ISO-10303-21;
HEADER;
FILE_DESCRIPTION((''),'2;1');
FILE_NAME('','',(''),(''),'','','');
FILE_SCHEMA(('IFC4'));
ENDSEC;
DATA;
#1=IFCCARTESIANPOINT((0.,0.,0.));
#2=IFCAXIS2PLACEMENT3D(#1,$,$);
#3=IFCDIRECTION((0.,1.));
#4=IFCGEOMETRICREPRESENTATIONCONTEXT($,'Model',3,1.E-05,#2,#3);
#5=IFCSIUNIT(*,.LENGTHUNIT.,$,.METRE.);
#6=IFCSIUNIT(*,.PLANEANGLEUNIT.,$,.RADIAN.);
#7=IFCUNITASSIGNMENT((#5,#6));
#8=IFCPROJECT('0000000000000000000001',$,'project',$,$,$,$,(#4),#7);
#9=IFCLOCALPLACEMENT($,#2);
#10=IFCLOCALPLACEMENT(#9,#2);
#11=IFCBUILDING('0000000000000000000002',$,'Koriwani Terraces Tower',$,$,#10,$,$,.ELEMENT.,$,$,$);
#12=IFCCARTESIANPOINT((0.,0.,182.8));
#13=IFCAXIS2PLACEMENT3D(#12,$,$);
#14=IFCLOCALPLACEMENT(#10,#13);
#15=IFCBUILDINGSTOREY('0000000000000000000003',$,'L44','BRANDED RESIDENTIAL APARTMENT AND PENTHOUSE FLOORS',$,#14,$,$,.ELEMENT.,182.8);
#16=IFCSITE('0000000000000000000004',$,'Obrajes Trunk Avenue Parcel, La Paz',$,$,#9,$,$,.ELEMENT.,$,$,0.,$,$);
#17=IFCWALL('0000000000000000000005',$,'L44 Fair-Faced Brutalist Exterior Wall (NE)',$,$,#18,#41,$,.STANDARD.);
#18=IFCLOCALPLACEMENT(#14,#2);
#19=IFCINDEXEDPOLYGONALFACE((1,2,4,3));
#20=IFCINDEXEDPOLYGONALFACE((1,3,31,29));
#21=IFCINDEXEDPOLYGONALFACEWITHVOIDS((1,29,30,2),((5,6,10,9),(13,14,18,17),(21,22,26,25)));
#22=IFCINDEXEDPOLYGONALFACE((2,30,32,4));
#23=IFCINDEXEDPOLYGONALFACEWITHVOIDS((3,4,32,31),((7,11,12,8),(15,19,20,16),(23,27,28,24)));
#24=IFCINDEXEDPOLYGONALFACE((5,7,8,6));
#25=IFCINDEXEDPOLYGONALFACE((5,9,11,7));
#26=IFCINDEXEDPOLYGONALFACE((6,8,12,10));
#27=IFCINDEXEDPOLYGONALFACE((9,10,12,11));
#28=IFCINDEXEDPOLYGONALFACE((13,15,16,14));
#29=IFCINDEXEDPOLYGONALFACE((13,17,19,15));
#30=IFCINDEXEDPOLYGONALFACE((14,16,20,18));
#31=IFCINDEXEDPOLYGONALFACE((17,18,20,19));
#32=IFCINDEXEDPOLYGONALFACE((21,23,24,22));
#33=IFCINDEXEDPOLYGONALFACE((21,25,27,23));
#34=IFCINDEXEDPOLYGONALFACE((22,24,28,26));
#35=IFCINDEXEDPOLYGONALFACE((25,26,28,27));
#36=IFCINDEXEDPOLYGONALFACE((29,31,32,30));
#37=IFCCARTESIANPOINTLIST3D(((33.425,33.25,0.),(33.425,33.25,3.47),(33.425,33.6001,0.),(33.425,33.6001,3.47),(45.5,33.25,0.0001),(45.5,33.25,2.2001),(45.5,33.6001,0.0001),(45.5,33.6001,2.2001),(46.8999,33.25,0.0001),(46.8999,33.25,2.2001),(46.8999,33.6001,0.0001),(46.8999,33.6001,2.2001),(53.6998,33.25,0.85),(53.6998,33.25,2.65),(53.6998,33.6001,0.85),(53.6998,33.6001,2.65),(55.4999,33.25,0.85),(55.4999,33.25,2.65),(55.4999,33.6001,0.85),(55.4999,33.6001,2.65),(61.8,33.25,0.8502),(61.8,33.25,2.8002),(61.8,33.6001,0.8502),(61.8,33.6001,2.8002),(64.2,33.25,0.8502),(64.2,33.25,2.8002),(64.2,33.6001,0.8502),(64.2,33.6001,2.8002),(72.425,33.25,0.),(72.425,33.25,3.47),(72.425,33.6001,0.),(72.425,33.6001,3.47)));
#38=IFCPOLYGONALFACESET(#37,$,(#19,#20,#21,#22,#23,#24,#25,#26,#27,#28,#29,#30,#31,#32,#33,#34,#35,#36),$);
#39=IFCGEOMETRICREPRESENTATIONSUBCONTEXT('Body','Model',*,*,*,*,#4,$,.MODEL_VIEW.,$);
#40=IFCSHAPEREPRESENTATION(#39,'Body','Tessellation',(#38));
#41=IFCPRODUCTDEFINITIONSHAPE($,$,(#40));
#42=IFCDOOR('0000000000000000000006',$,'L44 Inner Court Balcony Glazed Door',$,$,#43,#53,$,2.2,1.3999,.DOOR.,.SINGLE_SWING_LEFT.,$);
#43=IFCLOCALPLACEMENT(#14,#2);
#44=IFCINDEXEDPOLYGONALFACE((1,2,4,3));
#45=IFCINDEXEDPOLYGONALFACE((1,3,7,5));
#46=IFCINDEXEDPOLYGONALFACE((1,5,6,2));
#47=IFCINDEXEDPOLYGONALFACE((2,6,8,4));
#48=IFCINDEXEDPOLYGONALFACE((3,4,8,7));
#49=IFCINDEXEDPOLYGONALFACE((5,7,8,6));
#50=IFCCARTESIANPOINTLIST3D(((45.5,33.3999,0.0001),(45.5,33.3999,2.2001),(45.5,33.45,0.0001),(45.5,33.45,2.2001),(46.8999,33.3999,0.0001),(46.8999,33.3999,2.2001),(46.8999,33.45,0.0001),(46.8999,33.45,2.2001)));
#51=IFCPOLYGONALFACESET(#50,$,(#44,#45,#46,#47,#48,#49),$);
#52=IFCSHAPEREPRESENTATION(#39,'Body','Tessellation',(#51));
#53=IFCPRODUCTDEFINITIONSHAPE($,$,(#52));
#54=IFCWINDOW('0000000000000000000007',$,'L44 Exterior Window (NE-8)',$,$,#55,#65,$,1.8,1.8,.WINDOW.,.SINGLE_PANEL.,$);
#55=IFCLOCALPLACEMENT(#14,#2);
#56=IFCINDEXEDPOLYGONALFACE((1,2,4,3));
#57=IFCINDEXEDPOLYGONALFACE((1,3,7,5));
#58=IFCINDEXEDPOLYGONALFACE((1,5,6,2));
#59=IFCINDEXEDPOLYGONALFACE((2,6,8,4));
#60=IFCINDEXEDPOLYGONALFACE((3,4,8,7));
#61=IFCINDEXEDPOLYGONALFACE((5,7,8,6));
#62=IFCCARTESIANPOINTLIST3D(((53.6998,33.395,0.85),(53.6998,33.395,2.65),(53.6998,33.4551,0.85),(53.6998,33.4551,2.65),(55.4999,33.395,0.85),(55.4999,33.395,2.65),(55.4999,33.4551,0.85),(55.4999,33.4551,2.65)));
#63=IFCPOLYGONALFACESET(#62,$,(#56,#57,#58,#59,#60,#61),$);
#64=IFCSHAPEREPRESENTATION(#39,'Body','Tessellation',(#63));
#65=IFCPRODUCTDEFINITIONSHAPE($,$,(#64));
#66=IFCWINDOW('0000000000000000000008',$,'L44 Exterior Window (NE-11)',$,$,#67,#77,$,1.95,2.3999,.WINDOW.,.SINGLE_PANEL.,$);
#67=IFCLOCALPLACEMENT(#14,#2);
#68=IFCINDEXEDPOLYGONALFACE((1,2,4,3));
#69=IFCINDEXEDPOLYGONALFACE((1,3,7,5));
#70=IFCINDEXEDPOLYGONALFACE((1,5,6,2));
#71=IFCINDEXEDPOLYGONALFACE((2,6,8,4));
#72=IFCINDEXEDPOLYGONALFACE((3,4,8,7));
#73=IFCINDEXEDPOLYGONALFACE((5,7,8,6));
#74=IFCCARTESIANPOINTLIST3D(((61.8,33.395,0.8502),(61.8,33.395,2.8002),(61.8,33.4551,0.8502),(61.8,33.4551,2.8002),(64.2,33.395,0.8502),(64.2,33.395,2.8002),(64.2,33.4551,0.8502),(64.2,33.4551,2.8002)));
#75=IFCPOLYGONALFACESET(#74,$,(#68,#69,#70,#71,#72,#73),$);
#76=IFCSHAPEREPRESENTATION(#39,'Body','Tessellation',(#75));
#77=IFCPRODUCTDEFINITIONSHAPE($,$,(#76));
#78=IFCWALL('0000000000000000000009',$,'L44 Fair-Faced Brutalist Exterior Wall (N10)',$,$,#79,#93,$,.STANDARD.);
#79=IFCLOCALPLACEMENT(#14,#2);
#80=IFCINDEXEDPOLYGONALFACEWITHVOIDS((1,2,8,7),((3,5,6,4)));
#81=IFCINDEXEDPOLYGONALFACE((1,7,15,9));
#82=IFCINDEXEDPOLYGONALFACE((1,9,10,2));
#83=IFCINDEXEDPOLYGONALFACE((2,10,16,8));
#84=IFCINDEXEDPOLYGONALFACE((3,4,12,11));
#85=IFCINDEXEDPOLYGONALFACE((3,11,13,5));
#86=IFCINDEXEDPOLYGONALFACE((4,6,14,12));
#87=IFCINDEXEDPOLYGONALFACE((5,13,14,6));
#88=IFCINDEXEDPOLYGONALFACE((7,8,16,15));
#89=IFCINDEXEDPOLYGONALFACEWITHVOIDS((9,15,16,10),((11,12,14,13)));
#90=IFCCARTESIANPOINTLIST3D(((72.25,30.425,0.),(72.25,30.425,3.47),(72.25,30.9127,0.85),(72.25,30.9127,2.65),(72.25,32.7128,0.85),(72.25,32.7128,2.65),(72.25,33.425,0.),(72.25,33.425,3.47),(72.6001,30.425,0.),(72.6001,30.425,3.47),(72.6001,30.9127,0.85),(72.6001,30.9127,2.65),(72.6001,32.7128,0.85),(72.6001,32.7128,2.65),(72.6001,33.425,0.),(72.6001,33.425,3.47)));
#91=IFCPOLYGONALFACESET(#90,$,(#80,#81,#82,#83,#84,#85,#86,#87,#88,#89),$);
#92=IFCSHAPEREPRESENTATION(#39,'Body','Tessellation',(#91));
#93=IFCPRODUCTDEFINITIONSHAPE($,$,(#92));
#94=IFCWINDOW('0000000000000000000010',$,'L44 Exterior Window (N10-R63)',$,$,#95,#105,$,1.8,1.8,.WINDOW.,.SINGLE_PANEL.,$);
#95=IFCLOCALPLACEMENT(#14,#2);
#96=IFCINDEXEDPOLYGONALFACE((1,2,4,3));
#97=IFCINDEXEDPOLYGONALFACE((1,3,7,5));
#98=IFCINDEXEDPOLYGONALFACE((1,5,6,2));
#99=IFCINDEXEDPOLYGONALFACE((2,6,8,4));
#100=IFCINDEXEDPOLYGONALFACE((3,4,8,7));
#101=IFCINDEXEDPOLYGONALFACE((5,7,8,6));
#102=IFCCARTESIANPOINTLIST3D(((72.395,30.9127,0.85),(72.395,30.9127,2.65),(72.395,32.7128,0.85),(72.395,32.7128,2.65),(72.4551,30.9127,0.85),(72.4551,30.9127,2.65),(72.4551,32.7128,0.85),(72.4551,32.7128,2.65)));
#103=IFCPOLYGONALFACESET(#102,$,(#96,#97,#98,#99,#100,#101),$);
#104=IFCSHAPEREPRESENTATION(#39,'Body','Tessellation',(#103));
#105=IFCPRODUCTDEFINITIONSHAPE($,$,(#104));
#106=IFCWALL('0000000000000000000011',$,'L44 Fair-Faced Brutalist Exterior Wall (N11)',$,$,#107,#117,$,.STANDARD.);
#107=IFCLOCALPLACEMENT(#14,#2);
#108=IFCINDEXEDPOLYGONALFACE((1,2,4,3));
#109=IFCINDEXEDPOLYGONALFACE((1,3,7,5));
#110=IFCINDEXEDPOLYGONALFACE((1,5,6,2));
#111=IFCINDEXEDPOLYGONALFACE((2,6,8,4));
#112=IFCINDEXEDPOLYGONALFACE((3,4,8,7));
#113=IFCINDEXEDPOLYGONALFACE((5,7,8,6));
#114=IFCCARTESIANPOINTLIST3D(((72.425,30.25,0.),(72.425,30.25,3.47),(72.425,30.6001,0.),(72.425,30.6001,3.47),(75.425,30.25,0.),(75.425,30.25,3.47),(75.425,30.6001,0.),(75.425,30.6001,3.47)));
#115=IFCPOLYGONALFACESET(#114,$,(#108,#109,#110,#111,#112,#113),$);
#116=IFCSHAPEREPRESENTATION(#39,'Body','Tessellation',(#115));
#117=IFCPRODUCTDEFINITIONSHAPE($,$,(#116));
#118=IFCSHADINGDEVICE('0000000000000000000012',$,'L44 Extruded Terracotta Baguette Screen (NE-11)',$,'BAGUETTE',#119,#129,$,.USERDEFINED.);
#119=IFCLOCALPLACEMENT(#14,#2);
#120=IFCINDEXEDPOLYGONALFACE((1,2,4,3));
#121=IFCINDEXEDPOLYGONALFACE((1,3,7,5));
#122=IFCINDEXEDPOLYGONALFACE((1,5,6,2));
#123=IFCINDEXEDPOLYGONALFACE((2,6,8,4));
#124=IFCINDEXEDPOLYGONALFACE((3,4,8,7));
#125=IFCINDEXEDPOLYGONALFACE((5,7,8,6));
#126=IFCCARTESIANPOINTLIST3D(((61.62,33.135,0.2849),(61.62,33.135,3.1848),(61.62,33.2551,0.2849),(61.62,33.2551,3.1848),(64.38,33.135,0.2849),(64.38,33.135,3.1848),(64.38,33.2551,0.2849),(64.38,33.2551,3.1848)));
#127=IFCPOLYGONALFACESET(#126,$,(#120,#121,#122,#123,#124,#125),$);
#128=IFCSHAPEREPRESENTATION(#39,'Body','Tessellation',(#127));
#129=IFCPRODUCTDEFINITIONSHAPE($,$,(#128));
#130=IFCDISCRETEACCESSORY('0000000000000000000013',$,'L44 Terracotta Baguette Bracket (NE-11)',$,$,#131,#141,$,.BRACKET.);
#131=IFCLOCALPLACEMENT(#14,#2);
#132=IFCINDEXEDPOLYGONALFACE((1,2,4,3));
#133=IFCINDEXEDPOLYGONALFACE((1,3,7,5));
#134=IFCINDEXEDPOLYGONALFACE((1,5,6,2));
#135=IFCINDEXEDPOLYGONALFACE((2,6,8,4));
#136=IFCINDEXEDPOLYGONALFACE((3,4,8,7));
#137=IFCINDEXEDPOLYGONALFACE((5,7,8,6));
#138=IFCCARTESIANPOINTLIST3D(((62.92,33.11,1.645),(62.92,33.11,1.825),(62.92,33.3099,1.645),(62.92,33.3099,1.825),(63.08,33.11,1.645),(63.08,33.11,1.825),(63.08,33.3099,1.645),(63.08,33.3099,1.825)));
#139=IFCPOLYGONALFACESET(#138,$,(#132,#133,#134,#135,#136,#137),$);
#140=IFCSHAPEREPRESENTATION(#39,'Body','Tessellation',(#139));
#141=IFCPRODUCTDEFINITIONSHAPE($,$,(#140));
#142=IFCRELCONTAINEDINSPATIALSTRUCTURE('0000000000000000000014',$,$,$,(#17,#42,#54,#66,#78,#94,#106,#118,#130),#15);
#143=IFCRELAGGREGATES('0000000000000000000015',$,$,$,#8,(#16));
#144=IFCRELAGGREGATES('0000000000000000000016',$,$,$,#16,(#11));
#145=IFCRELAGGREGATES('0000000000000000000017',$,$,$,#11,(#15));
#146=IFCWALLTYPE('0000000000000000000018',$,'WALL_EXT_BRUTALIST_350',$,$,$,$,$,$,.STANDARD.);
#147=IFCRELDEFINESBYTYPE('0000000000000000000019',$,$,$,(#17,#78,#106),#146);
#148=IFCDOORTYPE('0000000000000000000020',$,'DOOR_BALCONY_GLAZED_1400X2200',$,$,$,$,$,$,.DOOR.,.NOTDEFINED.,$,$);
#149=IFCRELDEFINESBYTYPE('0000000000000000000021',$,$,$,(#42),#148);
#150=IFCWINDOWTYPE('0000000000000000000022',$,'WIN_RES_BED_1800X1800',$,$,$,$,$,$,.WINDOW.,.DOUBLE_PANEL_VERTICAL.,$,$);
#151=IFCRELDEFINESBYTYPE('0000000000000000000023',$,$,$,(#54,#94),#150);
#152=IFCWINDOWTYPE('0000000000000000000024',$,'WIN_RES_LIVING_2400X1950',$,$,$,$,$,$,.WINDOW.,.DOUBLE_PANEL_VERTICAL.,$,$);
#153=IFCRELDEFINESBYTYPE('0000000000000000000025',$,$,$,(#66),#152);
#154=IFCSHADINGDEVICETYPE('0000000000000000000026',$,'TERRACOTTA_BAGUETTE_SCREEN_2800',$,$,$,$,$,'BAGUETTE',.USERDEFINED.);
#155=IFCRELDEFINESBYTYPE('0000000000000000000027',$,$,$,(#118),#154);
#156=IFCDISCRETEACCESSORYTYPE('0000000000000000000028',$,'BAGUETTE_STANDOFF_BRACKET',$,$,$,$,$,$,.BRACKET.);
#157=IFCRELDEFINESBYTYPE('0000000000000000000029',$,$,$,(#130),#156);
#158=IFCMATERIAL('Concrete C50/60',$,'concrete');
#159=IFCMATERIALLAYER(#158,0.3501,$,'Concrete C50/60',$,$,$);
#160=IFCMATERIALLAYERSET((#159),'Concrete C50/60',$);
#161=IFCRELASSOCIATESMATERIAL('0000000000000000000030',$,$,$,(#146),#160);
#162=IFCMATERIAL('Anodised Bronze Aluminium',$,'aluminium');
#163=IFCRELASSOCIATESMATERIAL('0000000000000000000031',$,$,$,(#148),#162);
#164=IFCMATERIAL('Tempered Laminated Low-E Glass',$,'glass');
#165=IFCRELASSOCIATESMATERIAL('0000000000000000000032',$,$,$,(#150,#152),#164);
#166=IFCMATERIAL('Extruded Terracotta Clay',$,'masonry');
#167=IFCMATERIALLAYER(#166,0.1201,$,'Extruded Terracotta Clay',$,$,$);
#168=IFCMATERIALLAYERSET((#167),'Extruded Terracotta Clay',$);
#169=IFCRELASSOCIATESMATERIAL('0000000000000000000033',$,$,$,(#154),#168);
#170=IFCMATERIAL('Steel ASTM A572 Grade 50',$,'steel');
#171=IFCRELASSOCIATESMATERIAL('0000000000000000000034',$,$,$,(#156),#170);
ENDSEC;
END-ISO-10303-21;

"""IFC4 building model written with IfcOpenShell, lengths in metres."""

from ifc_helpers import new_model, si_unit, direction, frame, frame_2d, origin, origin_2d, place, context, subcontext, project, spatial, rectangle, extrude, material, layer, layer_set, type_object, element, fill, save


model = new_model("IFC4")

# Units and contexts
model_context = context("Model", 3, precision=1e-05, world=origin(), true_north=direction((0.0, 1.0)))
body_context = subcontext(model_context, "Body", "Model", "MODEL_VIEW")
ifc_project = project(units=[si_unit("LENGTHUNIT", "METRE"), si_unit("PLANEANGLEUNIT", "RADIAN")], contexts=[model_context])

# Site, building, storey
site_placement = place(None, origin())
site = spatial("IfcSite", under=ifc_project, at=site_placement, Name="Obrajes Trunk Avenue Parcel, La Paz", CompositionType="ELEMENT", RefElevation=0.0)
building_placement = place(site_placement, origin())
building = spatial("IfcBuilding", under=site, at=building_placement, Name="Koriwani Terraces Tower", CompositionType="ELEMENT")
storey_placement = place(building_placement, frame((0.0, 0.0, 182.8)))
storey = spatial("IfcBuildingStorey", under=building, at=storey_placement, Name="L44", Description="BRANDED RESIDENTIAL APARTMENT AND PENTHOUSE FLOORS", CompositionType="ELEMENT", Elevation=182.8)

# Shared definitions
ifc_material_1 = material(Name="Concrete C50/60", Category="concrete")

# Shared definitions
ifc_material_2 = material(Name="Anodised Bronze Aluminium", Category="aluminium")

# Wall, openings, door, windows
ifc_layer_1 = layer(ifc_material_1, 0.3501, Name="Concrete C50/60")
ifc_layer_set_1 = layer_set([ifc_layer_1], Name="Concrete C50/60")
wall_type = type_object("IfcWallType", Name="WALL_EXT_BRUTALIST_350", PredefinedType="STANDARD", material=ifc_layer_set_1)
wall_1_placement = place(storey_placement, frame((33.425, 33.425, 0.0), z_axis=(0.0, 0.0, 1.0), x_axis=(1.0, 0.0, 0.0)))
wall_1 = element("IfcWall", 1, at=wall_1_placement, inside=storey, type_object=wall_type, Name="L44 Fair-Faced Brutalist Exterior Wall (NE)", PredefinedType="STANDARD", context=body_context, shape_type="SweptSolid", body=[
    extrude(rectangle(XDim=39.0, YDim=0.3501, at=frame_2d((19.5, 0.0))), origin(), (0.0, 0.0, 1.0), 3.47),
])
opening_1_placement = place(wall_1_placement, frame((12.075, 0.0, 0.0)))
opening_1 = element("IfcOpeningElement", 2, at=opening_1_placement, cuts=wall_1, PredefinedType="OPENING", context=body_context, shape_type="SweptSolid", body=[
    extrude(rectangle(XDim=1.3999, YDim=2.2, at=frame_2d((0.7, 1.1001))), frame((0.0, 0.1851, 0.0), z_axis=(0.0, -1.0, 0.0), x_axis=(1.0, 0.0, 0.0)), (0.0, 0.0, 1.0), 0.3701),
])
opening_2_placement = place(wall_1_placement, frame((20.2749, 0.0, 0.8501)))
opening_2 = element("IfcOpeningElement", 3, at=opening_2_placement, cuts=wall_1, PredefinedType="OPENING", context=body_context, shape_type="SweptSolid", body=[
    extrude(rectangle(XDim=1.8, YDim=1.8, at=frame_2d((0.8999, 0.8999))), frame((0.0, 0.1851, 0.0), z_axis=(0.0, -1.0, 0.0), x_axis=(1.0, 0.0, 0.0)), (0.0, 0.0, 1.0), 0.3701),
])
opening_3_placement = place(wall_1_placement, frame((28.375, 0.0, 0.8501)))
opening_3 = element("IfcOpeningElement", 4, at=opening_3_placement, cuts=wall_1, PredefinedType="OPENING", context=body_context, shape_type="SweptSolid", body=[
    extrude(rectangle(XDim=2.3999, YDim=1.95, at=frame_2d((1.2, 0.9751))), frame((0.0, 0.1851, 0.0), z_axis=(0.0, -1.0, 0.0), x_axis=(1.0, 0.0, 0.0)), (0.0, 0.0, 1.0), 0.3701),
])
door_type = type_object("IfcDoorType", Name="DOOR_BALCONY_GLAZED_1400X2200", OperationType="NOTDEFINED", PredefinedType="DOOR", material=ifc_material_2)
door_placement = place(opening_1_placement, origin())
door = element("IfcDoor", 5, at=door_placement, inside=storey, type_object=door_type, Name="L44 Inner Court Balcony Glazed Door", OperationType="SINGLE_SWING_LEFT", OverallHeight=2.2, OverallWidth=1.3999, PredefinedType="DOOR", context=body_context, shape_type="SweptSolid", body=[
    extrude(rectangle(XDim=1.3999, YDim=2.2, at=frame_2d((0.7, 1.1001))), frame((0.0, 0.0249, 0.0), z_axis=(0.0, -1.0, 0.0), x_axis=(1.0, 0.0, 0.0)), (0.0, 0.0, 1.0), 0.05),
])
fill(opening_1, door)
ifc_material_3 = material(Name="Tempered Laminated Low-E Glass", Category="glass")
window_type_1 = type_object("IfcWindowType", Name="WIN_RES_BED_1800X1800", PartitioningType="DOUBLE_PANEL_VERTICAL", PredefinedType="WINDOW", material=ifc_material_3)
window_1_placement = place(opening_2_placement, origin())
window_1 = element("IfcWindow", 6, at=window_1_placement, inside=storey, type_object=window_type_1, Name="L44 Exterior Window (NE-8)", OverallHeight=1.8, OverallWidth=1.8, PartitioningType="SINGLE_PANEL", PredefinedType="WINDOW", context=body_context, shape_type="SweptSolid", body=[
    extrude(rectangle(XDim=1.8, YDim=1.8, at=frame_2d((0.8999, 0.8999))), frame((0.0, 0.03, 0.0), z_axis=(0.0, -1.0, 0.0), x_axis=(1.0, 0.0, 0.0)), (0.0, 0.0, 1.0), 0.0601),
])
fill(opening_2, window_1)
window_type_2 = type_object("IfcWindowType", Name="WIN_RES_LIVING_2400X1950", PartitioningType="DOUBLE_PANEL_VERTICAL", PredefinedType="WINDOW", material=ifc_material_3)
window_2_placement = place(opening_3_placement, origin())
window_2 = element("IfcWindow", 7, at=window_2_placement, inside=storey, type_object=window_type_2, Name="L44 Exterior Window (NE-11)", OverallHeight=1.95, OverallWidth=2.3999, PartitioningType="SINGLE_PANEL", PredefinedType="WINDOW", context=body_context, shape_type="SweptSolid", body=[
    extrude(rectangle(XDim=2.3999, YDim=1.95, at=frame_2d((1.2, 0.9751))), frame((0.0, 0.03, 0.0), z_axis=(0.0, -1.0, 0.0), x_axis=(1.0, 0.0, 0.0)), (0.0, 0.0, 1.0), 0.0601),
])
fill(opening_3, window_2)

# Wall, opening, window
wall_2_placement = place(storey_placement, frame((72.425, 33.425, 0.0), z_axis=(0.0, 0.0, 1.0), x_axis=(0.0, -1.0, 0.0)))
wall_2 = element("IfcWall", 8, at=wall_2_placement, inside=storey, type_object=wall_type, Name="L44 Fair-Faced Brutalist Exterior Wall (N10)", PredefinedType="STANDARD", context=body_context, shape_type="SweptSolid", body=[
    extrude(rectangle(XDim=3.0, YDim=0.3501, at=frame_2d((1.5, 0.0))), origin(), (0.0, 0.0, 1.0), 3.47),
])
opening_4_placement = place(wall_2_placement, frame((0.7124, 0.0, 0.8501)))
opening_4 = element("IfcOpeningElement", 9, at=opening_4_placement, cuts=wall_2, PredefinedType="OPENING", context=body_context, shape_type="SweptSolid", body=[
    extrude(rectangle(XDim=1.8, YDim=1.8, at=frame_2d((0.8999, 0.8999))), frame((0.0, 0.1851, 0.0), z_axis=(0.0, -1.0, 0.0), x_axis=(1.0, 0.0, 0.0)), (0.0, 0.0, 1.0), 0.3701),
])
window_3_placement = place(opening_4_placement, origin())
window_3 = element("IfcWindow", 10, at=window_3_placement, inside=storey, type_object=window_type_1, Name="L44 Exterior Window (N10-R63)", OverallHeight=1.8, OverallWidth=1.8, PartitioningType="SINGLE_PANEL", PredefinedType="WINDOW", context=body_context, shape_type="SweptSolid", body=[
    extrude(rectangle(XDim=1.8, YDim=1.8, at=frame_2d((0.8999, 0.8999))), frame((0.0, 0.03, 0.0), z_axis=(0.0, -1.0, 0.0), x_axis=(1.0, 0.0, 0.0)), (0.0, 0.0, 1.0), 0.0601),
])
fill(opening_4, window_3)

# Wall
wall_3_placement = place(storey_placement, frame((72.425, 30.425, 0.0), z_axis=(0.0, 0.0, 1.0), x_axis=(1.0, 0.0, 0.0)))
element("IfcWall", 11, at=wall_3_placement, inside=storey, type_object=wall_type, Name="L44 Fair-Faced Brutalist Exterior Wall (N11)", PredefinedType="STANDARD", context=body_context, shape_type="SweptSolid", body=[
    extrude(rectangle(XDim=3.0, YDim=0.3501, at=frame_2d((1.5, 0.0))), origin(), (0.0, 0.0, 1.0), 3.47),
])

# Shading device
ifc_material_4 = material(Name="Extruded Terracotta Clay", Category="masonry")
ifc_layer_2 = layer(ifc_material_4, 0.1201, Name="Extruded Terracotta Clay")
ifc_layer_set_2 = layer_set([ifc_layer_2], Name="Extruded Terracotta Clay")
shading_device_type = type_object("IfcShadingDeviceType", Name="TERRACOTTA_BAGUETTE_SCREEN_2800", ElementType="BAGUETTE", PredefinedType="USERDEFINED", material=ifc_layer_set_2)
shading_device_placement = place(storey_placement, frame((63.0, 33.1951, 0.2849), z_axis=(0.0, 0.0, 1.0), x_axis=(1.0, 0.0, 0.0)))
element("IfcShadingDevice", 12, at=shading_device_placement, inside=storey, type_object=shading_device_type, Name="L44 Extruded Terracotta Baguette Screen (NE-11)", ObjectType="BAGUETTE", PredefinedType="USERDEFINED", context=body_context, shape_type="SweptSolid", body=[
    extrude(rectangle(XDim=2.76, YDim=0.1201, at=origin_2d()), origin(), (0.0, 0.0, 1.0), 2.8999),
])

# Discrete accessory
ifc_material_5 = material(Name="Steel ASTM A572 Grade 50", Category="steel")
discrete_accessory_type = type_object("IfcDiscreteAccessoryType", Name="BAGUETTE_STANDOFF_BRACKET", PredefinedType="BRACKET", material=ifc_material_5)
discrete_accessory_placement = place(storey_placement, frame((63.0, 33.21, 1.645), z_axis=(0.0, 0.0, 1.0), x_axis=(1.0, 0.0, 0.0)))
element("IfcDiscreteAccessory", 13, at=discrete_accessory_placement, inside=storey, type_object=discrete_accessory_type, Name="L44 Terracotta Baguette Bracket (NE-11)", PredefinedType="BRACKET", context=body_context, shape_type="SweptSolid", body=[
    extrude(rectangle(XDim=0.1599, YDim=0.2, at=origin_2d()), origin(), (0.0, 0.0, 1.0), 0.1799),
])

save(model, "model.ifc")
